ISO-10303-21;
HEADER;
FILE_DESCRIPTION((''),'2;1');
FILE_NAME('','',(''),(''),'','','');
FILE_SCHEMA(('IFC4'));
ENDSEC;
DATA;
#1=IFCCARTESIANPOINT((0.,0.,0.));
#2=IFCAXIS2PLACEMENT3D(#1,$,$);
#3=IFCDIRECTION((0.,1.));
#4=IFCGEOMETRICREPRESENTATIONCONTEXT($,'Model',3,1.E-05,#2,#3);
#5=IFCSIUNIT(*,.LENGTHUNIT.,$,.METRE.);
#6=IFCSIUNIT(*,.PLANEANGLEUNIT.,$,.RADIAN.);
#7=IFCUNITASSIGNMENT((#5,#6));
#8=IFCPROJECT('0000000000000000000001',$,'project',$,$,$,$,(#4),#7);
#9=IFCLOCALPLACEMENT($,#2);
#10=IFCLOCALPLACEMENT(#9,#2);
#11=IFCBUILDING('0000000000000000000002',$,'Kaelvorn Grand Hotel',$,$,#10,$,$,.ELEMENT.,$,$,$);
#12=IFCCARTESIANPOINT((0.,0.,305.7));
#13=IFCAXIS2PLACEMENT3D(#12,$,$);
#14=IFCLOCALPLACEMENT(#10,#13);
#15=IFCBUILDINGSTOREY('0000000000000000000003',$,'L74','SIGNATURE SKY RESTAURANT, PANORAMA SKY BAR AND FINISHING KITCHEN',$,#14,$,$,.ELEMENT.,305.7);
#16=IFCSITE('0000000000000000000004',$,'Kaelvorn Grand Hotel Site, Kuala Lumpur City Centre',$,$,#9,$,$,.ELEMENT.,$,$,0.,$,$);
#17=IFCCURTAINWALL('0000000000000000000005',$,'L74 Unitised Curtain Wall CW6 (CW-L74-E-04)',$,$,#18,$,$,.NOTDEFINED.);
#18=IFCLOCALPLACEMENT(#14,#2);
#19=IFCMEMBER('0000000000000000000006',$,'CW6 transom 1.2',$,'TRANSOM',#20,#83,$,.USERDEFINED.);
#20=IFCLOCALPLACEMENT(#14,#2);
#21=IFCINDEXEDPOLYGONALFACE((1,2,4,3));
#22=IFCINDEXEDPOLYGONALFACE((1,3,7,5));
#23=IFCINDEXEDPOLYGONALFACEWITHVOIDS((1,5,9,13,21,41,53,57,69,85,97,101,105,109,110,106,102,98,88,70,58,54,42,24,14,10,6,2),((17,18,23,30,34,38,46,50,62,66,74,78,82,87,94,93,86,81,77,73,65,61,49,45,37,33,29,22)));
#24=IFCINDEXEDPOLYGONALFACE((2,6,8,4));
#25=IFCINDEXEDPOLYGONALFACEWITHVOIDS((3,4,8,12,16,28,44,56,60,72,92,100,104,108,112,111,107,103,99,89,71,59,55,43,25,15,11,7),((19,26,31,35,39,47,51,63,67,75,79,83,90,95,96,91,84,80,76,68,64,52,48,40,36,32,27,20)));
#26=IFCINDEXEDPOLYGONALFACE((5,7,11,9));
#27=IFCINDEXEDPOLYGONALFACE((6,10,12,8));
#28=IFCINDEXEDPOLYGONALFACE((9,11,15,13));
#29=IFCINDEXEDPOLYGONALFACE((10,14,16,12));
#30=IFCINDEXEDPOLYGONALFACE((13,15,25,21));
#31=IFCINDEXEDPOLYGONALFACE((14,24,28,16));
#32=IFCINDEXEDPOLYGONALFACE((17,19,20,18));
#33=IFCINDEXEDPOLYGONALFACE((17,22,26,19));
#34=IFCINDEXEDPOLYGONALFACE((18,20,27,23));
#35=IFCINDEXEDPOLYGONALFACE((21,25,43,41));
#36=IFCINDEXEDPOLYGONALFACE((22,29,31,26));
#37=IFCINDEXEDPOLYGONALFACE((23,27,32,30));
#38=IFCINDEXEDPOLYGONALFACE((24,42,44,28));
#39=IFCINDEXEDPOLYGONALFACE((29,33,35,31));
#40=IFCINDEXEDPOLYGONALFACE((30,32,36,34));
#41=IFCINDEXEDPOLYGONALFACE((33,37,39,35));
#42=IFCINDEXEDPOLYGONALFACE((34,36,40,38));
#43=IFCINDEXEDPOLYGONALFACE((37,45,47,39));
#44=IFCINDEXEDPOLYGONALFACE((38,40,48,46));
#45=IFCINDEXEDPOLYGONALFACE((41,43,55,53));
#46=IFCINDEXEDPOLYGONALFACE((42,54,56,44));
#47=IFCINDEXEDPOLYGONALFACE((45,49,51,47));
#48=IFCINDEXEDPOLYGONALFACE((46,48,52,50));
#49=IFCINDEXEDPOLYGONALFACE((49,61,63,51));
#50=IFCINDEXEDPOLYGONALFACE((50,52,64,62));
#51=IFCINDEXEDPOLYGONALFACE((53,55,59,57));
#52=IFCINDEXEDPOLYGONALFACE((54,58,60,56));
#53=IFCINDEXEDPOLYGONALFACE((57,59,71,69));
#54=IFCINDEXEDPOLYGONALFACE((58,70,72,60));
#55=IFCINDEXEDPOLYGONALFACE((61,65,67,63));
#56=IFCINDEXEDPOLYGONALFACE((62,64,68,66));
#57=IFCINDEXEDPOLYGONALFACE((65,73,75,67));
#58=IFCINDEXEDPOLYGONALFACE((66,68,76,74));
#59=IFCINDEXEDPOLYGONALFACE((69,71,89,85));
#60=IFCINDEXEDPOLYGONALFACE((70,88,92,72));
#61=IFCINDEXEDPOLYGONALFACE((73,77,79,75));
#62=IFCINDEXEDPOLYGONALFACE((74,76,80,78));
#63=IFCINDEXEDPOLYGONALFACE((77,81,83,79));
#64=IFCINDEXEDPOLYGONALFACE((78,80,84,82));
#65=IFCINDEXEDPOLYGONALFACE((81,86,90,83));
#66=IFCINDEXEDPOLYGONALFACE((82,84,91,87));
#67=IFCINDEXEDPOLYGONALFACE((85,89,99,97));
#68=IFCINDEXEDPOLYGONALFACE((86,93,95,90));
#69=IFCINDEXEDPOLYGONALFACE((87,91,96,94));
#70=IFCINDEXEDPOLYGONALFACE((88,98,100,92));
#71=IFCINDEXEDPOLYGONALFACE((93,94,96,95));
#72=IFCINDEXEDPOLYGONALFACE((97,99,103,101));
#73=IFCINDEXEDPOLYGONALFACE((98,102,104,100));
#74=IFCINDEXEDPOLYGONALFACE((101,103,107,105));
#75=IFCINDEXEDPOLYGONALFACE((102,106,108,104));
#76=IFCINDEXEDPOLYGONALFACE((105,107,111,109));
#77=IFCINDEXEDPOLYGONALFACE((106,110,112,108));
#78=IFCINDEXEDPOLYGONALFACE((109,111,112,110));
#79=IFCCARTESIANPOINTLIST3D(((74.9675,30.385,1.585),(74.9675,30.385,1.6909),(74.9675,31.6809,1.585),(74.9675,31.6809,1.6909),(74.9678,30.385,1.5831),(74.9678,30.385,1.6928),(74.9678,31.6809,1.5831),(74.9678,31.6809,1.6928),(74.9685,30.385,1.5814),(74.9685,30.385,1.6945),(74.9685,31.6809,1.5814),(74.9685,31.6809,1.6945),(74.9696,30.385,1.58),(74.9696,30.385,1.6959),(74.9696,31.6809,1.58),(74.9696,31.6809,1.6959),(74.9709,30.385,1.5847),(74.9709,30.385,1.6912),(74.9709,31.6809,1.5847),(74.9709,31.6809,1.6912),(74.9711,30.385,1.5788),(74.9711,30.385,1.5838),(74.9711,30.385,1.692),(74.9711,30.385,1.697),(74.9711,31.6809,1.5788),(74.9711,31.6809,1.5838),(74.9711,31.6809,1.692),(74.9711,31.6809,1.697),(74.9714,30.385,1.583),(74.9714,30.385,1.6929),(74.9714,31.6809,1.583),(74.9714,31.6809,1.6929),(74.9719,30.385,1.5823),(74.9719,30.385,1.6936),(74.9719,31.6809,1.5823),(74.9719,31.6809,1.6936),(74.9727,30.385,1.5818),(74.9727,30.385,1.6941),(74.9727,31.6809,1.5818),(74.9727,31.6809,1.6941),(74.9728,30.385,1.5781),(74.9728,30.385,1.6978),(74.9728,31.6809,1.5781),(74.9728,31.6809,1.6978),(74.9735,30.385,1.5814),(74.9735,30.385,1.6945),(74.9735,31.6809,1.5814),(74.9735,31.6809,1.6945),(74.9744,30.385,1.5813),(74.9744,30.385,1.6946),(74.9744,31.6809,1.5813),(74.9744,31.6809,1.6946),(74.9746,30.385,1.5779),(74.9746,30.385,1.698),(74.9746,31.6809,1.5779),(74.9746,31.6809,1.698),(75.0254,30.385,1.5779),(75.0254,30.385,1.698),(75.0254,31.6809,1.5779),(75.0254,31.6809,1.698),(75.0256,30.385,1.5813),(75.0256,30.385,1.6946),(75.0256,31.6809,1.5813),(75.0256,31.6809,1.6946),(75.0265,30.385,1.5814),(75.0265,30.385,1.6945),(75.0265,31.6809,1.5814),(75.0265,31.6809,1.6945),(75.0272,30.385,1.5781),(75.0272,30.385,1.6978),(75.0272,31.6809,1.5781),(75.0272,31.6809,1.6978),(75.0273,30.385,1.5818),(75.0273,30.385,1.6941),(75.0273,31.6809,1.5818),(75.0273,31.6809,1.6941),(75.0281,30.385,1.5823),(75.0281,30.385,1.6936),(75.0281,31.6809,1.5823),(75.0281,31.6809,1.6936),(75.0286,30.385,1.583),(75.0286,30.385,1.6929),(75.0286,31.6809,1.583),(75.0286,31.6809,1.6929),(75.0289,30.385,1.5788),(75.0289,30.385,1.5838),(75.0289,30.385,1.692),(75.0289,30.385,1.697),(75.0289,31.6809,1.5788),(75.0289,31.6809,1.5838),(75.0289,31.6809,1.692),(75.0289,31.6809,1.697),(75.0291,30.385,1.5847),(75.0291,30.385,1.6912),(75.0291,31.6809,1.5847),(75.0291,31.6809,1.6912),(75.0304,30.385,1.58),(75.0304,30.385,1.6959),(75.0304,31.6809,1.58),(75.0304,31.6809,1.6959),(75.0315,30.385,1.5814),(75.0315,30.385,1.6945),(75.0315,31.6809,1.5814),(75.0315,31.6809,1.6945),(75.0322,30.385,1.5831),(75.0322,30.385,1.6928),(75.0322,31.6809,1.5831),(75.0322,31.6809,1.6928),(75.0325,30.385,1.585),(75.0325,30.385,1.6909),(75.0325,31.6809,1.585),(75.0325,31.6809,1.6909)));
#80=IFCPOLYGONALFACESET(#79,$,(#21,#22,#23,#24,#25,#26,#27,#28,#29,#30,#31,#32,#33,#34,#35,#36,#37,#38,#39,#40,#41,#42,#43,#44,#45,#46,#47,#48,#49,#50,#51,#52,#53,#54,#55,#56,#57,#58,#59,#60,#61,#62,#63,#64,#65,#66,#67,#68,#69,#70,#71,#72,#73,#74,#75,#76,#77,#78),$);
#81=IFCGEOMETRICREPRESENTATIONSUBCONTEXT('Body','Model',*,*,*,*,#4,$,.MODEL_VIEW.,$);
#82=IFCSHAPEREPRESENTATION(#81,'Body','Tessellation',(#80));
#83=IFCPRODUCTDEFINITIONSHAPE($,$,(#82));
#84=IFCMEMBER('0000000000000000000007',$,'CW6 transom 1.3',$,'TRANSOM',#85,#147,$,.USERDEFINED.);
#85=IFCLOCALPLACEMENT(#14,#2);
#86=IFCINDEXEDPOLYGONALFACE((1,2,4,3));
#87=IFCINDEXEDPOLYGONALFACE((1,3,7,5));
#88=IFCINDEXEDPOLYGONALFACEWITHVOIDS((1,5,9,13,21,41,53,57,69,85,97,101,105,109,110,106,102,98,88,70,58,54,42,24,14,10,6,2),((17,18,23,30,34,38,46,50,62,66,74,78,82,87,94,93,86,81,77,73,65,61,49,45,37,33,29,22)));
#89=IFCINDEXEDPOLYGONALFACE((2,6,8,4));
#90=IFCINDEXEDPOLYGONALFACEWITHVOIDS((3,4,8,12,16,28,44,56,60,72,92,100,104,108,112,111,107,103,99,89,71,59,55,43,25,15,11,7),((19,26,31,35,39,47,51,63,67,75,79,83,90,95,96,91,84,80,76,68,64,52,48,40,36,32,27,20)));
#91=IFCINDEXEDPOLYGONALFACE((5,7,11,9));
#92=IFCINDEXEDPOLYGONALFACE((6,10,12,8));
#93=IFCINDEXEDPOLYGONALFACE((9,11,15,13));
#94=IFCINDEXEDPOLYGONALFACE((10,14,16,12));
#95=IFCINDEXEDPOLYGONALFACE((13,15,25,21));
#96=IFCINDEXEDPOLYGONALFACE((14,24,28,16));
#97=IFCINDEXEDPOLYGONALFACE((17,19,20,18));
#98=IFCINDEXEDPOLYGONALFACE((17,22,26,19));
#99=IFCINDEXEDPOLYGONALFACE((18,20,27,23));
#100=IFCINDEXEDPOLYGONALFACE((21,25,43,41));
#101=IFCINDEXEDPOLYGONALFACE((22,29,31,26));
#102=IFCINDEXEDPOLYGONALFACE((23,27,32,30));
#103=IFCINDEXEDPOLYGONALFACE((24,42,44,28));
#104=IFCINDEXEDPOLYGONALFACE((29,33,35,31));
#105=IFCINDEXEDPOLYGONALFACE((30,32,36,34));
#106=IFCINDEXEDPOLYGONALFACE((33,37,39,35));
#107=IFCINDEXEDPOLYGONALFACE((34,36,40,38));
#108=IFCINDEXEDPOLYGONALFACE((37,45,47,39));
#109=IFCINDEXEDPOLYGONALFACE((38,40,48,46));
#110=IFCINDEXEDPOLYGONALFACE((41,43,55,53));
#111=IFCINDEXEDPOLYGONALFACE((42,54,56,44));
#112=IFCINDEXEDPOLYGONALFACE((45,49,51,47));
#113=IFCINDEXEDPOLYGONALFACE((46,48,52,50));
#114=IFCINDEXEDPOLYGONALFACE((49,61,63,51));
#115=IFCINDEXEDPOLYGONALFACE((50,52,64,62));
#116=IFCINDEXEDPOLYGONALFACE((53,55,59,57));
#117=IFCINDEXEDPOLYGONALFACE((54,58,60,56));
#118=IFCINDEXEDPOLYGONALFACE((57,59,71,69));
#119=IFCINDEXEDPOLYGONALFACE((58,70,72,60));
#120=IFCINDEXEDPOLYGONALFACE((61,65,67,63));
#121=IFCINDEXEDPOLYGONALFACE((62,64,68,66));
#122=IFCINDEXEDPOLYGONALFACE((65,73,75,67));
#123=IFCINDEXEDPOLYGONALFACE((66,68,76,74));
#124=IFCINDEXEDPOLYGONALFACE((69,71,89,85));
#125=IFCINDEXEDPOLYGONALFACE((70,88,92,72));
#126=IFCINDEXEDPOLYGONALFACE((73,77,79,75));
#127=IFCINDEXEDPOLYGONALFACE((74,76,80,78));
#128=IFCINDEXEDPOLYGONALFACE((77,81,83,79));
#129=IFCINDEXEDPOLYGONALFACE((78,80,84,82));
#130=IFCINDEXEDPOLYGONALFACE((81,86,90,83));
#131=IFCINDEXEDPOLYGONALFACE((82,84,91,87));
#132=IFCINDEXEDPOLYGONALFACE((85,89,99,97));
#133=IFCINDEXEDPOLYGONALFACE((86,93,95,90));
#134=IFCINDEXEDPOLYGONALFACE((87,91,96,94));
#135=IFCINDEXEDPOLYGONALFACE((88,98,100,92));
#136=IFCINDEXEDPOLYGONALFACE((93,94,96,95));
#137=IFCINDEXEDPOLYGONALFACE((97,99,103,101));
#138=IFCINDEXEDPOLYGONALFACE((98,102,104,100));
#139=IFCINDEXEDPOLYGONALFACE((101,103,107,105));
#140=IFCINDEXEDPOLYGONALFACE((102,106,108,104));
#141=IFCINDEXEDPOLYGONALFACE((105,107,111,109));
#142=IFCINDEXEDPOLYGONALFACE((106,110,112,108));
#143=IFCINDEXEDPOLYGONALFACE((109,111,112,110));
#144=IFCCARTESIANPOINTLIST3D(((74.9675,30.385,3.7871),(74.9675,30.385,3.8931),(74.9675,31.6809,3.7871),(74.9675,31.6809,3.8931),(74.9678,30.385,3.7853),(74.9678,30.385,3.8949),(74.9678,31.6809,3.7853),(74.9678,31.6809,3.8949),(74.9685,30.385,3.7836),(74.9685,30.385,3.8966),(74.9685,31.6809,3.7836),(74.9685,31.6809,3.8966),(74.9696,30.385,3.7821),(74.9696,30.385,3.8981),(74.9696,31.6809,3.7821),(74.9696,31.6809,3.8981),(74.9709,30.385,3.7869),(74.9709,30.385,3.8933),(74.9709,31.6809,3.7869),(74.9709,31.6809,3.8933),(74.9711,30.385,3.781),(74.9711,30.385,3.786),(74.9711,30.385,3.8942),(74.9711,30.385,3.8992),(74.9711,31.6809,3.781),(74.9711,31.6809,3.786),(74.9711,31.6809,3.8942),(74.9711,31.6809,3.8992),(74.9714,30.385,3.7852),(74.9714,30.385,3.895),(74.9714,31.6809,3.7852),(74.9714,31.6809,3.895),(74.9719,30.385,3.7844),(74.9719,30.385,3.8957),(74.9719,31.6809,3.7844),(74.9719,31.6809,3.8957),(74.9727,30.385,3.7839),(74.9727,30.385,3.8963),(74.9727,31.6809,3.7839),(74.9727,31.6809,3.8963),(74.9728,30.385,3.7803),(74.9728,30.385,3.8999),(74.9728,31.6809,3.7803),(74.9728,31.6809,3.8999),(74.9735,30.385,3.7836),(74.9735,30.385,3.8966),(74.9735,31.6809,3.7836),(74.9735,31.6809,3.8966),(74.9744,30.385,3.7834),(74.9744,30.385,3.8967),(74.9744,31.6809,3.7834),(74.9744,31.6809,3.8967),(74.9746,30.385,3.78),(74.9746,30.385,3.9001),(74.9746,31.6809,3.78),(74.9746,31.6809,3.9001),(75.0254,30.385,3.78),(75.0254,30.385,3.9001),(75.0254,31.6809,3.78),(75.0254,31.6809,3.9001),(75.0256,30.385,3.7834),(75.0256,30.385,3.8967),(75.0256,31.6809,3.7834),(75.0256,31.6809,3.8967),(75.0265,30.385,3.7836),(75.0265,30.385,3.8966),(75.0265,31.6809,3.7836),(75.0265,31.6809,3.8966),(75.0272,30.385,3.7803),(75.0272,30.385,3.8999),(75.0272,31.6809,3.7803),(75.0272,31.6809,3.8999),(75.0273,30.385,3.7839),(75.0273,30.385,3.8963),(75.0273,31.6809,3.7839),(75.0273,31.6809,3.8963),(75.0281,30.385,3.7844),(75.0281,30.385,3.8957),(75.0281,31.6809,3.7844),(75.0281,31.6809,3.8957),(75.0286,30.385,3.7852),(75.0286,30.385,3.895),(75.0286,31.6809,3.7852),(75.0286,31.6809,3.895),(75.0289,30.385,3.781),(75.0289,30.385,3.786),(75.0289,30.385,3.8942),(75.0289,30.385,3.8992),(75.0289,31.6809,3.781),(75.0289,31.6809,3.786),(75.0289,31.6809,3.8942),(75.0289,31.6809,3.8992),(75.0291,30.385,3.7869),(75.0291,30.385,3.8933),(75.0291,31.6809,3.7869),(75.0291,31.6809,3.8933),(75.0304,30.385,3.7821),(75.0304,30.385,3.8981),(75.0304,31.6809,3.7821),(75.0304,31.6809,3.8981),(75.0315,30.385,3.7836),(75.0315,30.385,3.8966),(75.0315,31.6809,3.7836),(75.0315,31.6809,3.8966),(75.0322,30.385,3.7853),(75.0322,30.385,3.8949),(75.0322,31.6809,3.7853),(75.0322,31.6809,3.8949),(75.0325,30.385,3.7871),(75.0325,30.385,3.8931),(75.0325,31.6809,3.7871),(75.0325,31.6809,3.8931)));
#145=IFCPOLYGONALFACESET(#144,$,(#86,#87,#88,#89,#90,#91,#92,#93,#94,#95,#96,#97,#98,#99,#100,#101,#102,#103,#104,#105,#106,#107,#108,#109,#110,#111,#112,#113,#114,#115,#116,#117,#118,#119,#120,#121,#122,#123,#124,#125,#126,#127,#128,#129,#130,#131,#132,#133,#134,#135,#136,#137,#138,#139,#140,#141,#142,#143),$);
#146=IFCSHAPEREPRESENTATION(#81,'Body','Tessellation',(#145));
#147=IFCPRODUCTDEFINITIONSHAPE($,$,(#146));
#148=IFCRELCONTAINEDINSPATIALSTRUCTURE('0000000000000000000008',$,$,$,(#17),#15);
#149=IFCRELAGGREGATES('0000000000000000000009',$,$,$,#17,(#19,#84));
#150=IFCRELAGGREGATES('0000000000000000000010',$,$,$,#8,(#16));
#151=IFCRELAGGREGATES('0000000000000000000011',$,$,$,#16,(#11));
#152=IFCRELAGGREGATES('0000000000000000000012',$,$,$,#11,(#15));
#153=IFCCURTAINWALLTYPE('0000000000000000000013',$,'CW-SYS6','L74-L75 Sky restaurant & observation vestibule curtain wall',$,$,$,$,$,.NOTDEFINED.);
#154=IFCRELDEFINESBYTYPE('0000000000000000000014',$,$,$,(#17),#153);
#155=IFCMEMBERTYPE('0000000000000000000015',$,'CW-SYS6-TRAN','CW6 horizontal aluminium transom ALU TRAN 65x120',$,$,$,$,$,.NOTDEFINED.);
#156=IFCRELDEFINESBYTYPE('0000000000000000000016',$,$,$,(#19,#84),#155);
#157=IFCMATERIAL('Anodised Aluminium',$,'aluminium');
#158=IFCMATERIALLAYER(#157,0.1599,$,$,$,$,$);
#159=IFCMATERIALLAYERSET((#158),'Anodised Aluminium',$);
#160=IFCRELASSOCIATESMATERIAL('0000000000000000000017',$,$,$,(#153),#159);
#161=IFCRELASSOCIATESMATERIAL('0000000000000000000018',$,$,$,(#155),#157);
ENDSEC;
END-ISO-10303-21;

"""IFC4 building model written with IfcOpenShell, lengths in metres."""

from ifc_helpers import new_model, si_unit, direction, frame, origin, origin_2d, place, context, subcontext, project, spatial, hollow_rectangle, extrude, material, layer, layer_set, material_profile, profile_set, type_object, element, aggregate, save


model = new_model("IFC4")

# Units and contexts
model_context = context("Model", 3, precision=1e-05, world=origin(), true_north=direction((0.0, 1.0)))
body_context = subcontext(model_context, "Body", "Model", "MODEL_VIEW")
ifc_project = project(units=[si_unit("LENGTHUNIT", "METRE"), si_unit("PLANEANGLEUNIT", "RADIAN")], contexts=[model_context])

# Site, building, storey
site_placement = place(None, origin())
site = spatial("IfcSite", under=ifc_project, at=site_placement, Name="Kaelvorn Grand Hotel Site, Kuala Lumpur City Centre", CompositionType="ELEMENT", RefElevation=0.0)
building_placement = place(site_placement, origin())
building = spatial("IfcBuilding", under=site, at=building_placement, Name="Kaelvorn Grand Hotel", CompositionType="ELEMENT")
storey_placement = place(building_placement, frame((0.0, 0.0, 305.7)))
storey = spatial("IfcBuildingStorey", under=building, at=storey_placement, Name="L74", Description="SIGNATURE SKY RESTAURANT, PANORAMA SKY BAR AND FINISHING KITCHEN", CompositionType="ELEMENT", Elevation=305.7)

# Curtain wall, members
ifc_material_1 = material(Name="Anodised Aluminium", Category="aluminium")
ifc_layer_1 = layer(ifc_material_1, 0.1599)
ifc_layer_set_1 = layer_set([ifc_layer_1], Name="Anodised Aluminium")
curtain_wall_type = type_object("IfcCurtainWallType", Name="CW-SYS6", Description="L74-L75 Sky restaurant & observation vestibule curtain wall", PredefinedType="NOTDEFINED", material=ifc_layer_set_1)
curtain_wall_placement = place(storey_placement, origin())
curtain_wall = element("IfcCurtainWall", 1, at=curtain_wall_placement, inside=storey, type_object=curtain_wall_type, Name="L74 Unitised Curtain Wall CW6 (CW-L74-E-04)", PredefinedType="NOTDEFINED")
ifc_material_profile_1 = material_profile(ifc_material_1, hollow_rectangle(XDim=0.0649, YDim=0.1201, WallThickness=0.0034, InnerFilletRadius=0.0034, OuterFilletRadius=0.0071, at=origin_2d()), Name="ALU TRAN 65x120")
ifc_profile_set_1 = profile_set([ifc_material_profile_1], Name="Anodised Aluminium")
member_type_1 = type_object("IfcMemberType", Name="CW-SYS6-TRAN", Description="CW6 horizontal aluminium transom ALU TRAN 65x120", PredefinedType="NOTDEFINED", material=ifc_profile_set_1)
member_1_placement = place(storey_placement, frame((75.0, 30.385, 1.6379), z_axis=(0.0, 1.0, 0.0), x_axis=(-1.0, 0.0, 0.0)))
member_1 = element("IfcMember", 2, at=member_1_placement, type_object=member_type_1, Name="CW6 transom 1.2", ObjectType="TRANSOM", PredefinedType="USERDEFINED", context=body_context, shape_type="SweptSolid", body=[
    extrude(hollow_rectangle(XDim=0.0649, YDim=0.1201, WallThickness=0.0034, InnerFilletRadius=0.0034, OuterFilletRadius=0.0071, at=origin_2d()), origin(), (0.0, 0.0, 1.0), 1.2959),
])
member_2_placement = place(storey_placement, frame((75.0, 30.385, 3.8401), z_axis=(0.0, 1.0, 0.0), x_axis=(-1.0, 0.0, 0.0)))
member_2 = element("IfcMember", 3, at=member_2_placement, type_object=member_type_1, Name="CW6 transom 1.3", ObjectType="TRANSOM", PredefinedType="USERDEFINED", context=body_context, shape_type="SweptSolid", body=[
    extrude(hollow_rectangle(XDim=0.0649, YDim=0.1201, WallThickness=0.0034, InnerFilletRadius=0.0034, OuterFilletRadius=0.0071, at=origin_2d()), origin(), (0.0, 0.0, 1.0), 1.2959),
])
aggregate(curtain_wall, [member_1, member_2])

save(model, "model.ifc")
